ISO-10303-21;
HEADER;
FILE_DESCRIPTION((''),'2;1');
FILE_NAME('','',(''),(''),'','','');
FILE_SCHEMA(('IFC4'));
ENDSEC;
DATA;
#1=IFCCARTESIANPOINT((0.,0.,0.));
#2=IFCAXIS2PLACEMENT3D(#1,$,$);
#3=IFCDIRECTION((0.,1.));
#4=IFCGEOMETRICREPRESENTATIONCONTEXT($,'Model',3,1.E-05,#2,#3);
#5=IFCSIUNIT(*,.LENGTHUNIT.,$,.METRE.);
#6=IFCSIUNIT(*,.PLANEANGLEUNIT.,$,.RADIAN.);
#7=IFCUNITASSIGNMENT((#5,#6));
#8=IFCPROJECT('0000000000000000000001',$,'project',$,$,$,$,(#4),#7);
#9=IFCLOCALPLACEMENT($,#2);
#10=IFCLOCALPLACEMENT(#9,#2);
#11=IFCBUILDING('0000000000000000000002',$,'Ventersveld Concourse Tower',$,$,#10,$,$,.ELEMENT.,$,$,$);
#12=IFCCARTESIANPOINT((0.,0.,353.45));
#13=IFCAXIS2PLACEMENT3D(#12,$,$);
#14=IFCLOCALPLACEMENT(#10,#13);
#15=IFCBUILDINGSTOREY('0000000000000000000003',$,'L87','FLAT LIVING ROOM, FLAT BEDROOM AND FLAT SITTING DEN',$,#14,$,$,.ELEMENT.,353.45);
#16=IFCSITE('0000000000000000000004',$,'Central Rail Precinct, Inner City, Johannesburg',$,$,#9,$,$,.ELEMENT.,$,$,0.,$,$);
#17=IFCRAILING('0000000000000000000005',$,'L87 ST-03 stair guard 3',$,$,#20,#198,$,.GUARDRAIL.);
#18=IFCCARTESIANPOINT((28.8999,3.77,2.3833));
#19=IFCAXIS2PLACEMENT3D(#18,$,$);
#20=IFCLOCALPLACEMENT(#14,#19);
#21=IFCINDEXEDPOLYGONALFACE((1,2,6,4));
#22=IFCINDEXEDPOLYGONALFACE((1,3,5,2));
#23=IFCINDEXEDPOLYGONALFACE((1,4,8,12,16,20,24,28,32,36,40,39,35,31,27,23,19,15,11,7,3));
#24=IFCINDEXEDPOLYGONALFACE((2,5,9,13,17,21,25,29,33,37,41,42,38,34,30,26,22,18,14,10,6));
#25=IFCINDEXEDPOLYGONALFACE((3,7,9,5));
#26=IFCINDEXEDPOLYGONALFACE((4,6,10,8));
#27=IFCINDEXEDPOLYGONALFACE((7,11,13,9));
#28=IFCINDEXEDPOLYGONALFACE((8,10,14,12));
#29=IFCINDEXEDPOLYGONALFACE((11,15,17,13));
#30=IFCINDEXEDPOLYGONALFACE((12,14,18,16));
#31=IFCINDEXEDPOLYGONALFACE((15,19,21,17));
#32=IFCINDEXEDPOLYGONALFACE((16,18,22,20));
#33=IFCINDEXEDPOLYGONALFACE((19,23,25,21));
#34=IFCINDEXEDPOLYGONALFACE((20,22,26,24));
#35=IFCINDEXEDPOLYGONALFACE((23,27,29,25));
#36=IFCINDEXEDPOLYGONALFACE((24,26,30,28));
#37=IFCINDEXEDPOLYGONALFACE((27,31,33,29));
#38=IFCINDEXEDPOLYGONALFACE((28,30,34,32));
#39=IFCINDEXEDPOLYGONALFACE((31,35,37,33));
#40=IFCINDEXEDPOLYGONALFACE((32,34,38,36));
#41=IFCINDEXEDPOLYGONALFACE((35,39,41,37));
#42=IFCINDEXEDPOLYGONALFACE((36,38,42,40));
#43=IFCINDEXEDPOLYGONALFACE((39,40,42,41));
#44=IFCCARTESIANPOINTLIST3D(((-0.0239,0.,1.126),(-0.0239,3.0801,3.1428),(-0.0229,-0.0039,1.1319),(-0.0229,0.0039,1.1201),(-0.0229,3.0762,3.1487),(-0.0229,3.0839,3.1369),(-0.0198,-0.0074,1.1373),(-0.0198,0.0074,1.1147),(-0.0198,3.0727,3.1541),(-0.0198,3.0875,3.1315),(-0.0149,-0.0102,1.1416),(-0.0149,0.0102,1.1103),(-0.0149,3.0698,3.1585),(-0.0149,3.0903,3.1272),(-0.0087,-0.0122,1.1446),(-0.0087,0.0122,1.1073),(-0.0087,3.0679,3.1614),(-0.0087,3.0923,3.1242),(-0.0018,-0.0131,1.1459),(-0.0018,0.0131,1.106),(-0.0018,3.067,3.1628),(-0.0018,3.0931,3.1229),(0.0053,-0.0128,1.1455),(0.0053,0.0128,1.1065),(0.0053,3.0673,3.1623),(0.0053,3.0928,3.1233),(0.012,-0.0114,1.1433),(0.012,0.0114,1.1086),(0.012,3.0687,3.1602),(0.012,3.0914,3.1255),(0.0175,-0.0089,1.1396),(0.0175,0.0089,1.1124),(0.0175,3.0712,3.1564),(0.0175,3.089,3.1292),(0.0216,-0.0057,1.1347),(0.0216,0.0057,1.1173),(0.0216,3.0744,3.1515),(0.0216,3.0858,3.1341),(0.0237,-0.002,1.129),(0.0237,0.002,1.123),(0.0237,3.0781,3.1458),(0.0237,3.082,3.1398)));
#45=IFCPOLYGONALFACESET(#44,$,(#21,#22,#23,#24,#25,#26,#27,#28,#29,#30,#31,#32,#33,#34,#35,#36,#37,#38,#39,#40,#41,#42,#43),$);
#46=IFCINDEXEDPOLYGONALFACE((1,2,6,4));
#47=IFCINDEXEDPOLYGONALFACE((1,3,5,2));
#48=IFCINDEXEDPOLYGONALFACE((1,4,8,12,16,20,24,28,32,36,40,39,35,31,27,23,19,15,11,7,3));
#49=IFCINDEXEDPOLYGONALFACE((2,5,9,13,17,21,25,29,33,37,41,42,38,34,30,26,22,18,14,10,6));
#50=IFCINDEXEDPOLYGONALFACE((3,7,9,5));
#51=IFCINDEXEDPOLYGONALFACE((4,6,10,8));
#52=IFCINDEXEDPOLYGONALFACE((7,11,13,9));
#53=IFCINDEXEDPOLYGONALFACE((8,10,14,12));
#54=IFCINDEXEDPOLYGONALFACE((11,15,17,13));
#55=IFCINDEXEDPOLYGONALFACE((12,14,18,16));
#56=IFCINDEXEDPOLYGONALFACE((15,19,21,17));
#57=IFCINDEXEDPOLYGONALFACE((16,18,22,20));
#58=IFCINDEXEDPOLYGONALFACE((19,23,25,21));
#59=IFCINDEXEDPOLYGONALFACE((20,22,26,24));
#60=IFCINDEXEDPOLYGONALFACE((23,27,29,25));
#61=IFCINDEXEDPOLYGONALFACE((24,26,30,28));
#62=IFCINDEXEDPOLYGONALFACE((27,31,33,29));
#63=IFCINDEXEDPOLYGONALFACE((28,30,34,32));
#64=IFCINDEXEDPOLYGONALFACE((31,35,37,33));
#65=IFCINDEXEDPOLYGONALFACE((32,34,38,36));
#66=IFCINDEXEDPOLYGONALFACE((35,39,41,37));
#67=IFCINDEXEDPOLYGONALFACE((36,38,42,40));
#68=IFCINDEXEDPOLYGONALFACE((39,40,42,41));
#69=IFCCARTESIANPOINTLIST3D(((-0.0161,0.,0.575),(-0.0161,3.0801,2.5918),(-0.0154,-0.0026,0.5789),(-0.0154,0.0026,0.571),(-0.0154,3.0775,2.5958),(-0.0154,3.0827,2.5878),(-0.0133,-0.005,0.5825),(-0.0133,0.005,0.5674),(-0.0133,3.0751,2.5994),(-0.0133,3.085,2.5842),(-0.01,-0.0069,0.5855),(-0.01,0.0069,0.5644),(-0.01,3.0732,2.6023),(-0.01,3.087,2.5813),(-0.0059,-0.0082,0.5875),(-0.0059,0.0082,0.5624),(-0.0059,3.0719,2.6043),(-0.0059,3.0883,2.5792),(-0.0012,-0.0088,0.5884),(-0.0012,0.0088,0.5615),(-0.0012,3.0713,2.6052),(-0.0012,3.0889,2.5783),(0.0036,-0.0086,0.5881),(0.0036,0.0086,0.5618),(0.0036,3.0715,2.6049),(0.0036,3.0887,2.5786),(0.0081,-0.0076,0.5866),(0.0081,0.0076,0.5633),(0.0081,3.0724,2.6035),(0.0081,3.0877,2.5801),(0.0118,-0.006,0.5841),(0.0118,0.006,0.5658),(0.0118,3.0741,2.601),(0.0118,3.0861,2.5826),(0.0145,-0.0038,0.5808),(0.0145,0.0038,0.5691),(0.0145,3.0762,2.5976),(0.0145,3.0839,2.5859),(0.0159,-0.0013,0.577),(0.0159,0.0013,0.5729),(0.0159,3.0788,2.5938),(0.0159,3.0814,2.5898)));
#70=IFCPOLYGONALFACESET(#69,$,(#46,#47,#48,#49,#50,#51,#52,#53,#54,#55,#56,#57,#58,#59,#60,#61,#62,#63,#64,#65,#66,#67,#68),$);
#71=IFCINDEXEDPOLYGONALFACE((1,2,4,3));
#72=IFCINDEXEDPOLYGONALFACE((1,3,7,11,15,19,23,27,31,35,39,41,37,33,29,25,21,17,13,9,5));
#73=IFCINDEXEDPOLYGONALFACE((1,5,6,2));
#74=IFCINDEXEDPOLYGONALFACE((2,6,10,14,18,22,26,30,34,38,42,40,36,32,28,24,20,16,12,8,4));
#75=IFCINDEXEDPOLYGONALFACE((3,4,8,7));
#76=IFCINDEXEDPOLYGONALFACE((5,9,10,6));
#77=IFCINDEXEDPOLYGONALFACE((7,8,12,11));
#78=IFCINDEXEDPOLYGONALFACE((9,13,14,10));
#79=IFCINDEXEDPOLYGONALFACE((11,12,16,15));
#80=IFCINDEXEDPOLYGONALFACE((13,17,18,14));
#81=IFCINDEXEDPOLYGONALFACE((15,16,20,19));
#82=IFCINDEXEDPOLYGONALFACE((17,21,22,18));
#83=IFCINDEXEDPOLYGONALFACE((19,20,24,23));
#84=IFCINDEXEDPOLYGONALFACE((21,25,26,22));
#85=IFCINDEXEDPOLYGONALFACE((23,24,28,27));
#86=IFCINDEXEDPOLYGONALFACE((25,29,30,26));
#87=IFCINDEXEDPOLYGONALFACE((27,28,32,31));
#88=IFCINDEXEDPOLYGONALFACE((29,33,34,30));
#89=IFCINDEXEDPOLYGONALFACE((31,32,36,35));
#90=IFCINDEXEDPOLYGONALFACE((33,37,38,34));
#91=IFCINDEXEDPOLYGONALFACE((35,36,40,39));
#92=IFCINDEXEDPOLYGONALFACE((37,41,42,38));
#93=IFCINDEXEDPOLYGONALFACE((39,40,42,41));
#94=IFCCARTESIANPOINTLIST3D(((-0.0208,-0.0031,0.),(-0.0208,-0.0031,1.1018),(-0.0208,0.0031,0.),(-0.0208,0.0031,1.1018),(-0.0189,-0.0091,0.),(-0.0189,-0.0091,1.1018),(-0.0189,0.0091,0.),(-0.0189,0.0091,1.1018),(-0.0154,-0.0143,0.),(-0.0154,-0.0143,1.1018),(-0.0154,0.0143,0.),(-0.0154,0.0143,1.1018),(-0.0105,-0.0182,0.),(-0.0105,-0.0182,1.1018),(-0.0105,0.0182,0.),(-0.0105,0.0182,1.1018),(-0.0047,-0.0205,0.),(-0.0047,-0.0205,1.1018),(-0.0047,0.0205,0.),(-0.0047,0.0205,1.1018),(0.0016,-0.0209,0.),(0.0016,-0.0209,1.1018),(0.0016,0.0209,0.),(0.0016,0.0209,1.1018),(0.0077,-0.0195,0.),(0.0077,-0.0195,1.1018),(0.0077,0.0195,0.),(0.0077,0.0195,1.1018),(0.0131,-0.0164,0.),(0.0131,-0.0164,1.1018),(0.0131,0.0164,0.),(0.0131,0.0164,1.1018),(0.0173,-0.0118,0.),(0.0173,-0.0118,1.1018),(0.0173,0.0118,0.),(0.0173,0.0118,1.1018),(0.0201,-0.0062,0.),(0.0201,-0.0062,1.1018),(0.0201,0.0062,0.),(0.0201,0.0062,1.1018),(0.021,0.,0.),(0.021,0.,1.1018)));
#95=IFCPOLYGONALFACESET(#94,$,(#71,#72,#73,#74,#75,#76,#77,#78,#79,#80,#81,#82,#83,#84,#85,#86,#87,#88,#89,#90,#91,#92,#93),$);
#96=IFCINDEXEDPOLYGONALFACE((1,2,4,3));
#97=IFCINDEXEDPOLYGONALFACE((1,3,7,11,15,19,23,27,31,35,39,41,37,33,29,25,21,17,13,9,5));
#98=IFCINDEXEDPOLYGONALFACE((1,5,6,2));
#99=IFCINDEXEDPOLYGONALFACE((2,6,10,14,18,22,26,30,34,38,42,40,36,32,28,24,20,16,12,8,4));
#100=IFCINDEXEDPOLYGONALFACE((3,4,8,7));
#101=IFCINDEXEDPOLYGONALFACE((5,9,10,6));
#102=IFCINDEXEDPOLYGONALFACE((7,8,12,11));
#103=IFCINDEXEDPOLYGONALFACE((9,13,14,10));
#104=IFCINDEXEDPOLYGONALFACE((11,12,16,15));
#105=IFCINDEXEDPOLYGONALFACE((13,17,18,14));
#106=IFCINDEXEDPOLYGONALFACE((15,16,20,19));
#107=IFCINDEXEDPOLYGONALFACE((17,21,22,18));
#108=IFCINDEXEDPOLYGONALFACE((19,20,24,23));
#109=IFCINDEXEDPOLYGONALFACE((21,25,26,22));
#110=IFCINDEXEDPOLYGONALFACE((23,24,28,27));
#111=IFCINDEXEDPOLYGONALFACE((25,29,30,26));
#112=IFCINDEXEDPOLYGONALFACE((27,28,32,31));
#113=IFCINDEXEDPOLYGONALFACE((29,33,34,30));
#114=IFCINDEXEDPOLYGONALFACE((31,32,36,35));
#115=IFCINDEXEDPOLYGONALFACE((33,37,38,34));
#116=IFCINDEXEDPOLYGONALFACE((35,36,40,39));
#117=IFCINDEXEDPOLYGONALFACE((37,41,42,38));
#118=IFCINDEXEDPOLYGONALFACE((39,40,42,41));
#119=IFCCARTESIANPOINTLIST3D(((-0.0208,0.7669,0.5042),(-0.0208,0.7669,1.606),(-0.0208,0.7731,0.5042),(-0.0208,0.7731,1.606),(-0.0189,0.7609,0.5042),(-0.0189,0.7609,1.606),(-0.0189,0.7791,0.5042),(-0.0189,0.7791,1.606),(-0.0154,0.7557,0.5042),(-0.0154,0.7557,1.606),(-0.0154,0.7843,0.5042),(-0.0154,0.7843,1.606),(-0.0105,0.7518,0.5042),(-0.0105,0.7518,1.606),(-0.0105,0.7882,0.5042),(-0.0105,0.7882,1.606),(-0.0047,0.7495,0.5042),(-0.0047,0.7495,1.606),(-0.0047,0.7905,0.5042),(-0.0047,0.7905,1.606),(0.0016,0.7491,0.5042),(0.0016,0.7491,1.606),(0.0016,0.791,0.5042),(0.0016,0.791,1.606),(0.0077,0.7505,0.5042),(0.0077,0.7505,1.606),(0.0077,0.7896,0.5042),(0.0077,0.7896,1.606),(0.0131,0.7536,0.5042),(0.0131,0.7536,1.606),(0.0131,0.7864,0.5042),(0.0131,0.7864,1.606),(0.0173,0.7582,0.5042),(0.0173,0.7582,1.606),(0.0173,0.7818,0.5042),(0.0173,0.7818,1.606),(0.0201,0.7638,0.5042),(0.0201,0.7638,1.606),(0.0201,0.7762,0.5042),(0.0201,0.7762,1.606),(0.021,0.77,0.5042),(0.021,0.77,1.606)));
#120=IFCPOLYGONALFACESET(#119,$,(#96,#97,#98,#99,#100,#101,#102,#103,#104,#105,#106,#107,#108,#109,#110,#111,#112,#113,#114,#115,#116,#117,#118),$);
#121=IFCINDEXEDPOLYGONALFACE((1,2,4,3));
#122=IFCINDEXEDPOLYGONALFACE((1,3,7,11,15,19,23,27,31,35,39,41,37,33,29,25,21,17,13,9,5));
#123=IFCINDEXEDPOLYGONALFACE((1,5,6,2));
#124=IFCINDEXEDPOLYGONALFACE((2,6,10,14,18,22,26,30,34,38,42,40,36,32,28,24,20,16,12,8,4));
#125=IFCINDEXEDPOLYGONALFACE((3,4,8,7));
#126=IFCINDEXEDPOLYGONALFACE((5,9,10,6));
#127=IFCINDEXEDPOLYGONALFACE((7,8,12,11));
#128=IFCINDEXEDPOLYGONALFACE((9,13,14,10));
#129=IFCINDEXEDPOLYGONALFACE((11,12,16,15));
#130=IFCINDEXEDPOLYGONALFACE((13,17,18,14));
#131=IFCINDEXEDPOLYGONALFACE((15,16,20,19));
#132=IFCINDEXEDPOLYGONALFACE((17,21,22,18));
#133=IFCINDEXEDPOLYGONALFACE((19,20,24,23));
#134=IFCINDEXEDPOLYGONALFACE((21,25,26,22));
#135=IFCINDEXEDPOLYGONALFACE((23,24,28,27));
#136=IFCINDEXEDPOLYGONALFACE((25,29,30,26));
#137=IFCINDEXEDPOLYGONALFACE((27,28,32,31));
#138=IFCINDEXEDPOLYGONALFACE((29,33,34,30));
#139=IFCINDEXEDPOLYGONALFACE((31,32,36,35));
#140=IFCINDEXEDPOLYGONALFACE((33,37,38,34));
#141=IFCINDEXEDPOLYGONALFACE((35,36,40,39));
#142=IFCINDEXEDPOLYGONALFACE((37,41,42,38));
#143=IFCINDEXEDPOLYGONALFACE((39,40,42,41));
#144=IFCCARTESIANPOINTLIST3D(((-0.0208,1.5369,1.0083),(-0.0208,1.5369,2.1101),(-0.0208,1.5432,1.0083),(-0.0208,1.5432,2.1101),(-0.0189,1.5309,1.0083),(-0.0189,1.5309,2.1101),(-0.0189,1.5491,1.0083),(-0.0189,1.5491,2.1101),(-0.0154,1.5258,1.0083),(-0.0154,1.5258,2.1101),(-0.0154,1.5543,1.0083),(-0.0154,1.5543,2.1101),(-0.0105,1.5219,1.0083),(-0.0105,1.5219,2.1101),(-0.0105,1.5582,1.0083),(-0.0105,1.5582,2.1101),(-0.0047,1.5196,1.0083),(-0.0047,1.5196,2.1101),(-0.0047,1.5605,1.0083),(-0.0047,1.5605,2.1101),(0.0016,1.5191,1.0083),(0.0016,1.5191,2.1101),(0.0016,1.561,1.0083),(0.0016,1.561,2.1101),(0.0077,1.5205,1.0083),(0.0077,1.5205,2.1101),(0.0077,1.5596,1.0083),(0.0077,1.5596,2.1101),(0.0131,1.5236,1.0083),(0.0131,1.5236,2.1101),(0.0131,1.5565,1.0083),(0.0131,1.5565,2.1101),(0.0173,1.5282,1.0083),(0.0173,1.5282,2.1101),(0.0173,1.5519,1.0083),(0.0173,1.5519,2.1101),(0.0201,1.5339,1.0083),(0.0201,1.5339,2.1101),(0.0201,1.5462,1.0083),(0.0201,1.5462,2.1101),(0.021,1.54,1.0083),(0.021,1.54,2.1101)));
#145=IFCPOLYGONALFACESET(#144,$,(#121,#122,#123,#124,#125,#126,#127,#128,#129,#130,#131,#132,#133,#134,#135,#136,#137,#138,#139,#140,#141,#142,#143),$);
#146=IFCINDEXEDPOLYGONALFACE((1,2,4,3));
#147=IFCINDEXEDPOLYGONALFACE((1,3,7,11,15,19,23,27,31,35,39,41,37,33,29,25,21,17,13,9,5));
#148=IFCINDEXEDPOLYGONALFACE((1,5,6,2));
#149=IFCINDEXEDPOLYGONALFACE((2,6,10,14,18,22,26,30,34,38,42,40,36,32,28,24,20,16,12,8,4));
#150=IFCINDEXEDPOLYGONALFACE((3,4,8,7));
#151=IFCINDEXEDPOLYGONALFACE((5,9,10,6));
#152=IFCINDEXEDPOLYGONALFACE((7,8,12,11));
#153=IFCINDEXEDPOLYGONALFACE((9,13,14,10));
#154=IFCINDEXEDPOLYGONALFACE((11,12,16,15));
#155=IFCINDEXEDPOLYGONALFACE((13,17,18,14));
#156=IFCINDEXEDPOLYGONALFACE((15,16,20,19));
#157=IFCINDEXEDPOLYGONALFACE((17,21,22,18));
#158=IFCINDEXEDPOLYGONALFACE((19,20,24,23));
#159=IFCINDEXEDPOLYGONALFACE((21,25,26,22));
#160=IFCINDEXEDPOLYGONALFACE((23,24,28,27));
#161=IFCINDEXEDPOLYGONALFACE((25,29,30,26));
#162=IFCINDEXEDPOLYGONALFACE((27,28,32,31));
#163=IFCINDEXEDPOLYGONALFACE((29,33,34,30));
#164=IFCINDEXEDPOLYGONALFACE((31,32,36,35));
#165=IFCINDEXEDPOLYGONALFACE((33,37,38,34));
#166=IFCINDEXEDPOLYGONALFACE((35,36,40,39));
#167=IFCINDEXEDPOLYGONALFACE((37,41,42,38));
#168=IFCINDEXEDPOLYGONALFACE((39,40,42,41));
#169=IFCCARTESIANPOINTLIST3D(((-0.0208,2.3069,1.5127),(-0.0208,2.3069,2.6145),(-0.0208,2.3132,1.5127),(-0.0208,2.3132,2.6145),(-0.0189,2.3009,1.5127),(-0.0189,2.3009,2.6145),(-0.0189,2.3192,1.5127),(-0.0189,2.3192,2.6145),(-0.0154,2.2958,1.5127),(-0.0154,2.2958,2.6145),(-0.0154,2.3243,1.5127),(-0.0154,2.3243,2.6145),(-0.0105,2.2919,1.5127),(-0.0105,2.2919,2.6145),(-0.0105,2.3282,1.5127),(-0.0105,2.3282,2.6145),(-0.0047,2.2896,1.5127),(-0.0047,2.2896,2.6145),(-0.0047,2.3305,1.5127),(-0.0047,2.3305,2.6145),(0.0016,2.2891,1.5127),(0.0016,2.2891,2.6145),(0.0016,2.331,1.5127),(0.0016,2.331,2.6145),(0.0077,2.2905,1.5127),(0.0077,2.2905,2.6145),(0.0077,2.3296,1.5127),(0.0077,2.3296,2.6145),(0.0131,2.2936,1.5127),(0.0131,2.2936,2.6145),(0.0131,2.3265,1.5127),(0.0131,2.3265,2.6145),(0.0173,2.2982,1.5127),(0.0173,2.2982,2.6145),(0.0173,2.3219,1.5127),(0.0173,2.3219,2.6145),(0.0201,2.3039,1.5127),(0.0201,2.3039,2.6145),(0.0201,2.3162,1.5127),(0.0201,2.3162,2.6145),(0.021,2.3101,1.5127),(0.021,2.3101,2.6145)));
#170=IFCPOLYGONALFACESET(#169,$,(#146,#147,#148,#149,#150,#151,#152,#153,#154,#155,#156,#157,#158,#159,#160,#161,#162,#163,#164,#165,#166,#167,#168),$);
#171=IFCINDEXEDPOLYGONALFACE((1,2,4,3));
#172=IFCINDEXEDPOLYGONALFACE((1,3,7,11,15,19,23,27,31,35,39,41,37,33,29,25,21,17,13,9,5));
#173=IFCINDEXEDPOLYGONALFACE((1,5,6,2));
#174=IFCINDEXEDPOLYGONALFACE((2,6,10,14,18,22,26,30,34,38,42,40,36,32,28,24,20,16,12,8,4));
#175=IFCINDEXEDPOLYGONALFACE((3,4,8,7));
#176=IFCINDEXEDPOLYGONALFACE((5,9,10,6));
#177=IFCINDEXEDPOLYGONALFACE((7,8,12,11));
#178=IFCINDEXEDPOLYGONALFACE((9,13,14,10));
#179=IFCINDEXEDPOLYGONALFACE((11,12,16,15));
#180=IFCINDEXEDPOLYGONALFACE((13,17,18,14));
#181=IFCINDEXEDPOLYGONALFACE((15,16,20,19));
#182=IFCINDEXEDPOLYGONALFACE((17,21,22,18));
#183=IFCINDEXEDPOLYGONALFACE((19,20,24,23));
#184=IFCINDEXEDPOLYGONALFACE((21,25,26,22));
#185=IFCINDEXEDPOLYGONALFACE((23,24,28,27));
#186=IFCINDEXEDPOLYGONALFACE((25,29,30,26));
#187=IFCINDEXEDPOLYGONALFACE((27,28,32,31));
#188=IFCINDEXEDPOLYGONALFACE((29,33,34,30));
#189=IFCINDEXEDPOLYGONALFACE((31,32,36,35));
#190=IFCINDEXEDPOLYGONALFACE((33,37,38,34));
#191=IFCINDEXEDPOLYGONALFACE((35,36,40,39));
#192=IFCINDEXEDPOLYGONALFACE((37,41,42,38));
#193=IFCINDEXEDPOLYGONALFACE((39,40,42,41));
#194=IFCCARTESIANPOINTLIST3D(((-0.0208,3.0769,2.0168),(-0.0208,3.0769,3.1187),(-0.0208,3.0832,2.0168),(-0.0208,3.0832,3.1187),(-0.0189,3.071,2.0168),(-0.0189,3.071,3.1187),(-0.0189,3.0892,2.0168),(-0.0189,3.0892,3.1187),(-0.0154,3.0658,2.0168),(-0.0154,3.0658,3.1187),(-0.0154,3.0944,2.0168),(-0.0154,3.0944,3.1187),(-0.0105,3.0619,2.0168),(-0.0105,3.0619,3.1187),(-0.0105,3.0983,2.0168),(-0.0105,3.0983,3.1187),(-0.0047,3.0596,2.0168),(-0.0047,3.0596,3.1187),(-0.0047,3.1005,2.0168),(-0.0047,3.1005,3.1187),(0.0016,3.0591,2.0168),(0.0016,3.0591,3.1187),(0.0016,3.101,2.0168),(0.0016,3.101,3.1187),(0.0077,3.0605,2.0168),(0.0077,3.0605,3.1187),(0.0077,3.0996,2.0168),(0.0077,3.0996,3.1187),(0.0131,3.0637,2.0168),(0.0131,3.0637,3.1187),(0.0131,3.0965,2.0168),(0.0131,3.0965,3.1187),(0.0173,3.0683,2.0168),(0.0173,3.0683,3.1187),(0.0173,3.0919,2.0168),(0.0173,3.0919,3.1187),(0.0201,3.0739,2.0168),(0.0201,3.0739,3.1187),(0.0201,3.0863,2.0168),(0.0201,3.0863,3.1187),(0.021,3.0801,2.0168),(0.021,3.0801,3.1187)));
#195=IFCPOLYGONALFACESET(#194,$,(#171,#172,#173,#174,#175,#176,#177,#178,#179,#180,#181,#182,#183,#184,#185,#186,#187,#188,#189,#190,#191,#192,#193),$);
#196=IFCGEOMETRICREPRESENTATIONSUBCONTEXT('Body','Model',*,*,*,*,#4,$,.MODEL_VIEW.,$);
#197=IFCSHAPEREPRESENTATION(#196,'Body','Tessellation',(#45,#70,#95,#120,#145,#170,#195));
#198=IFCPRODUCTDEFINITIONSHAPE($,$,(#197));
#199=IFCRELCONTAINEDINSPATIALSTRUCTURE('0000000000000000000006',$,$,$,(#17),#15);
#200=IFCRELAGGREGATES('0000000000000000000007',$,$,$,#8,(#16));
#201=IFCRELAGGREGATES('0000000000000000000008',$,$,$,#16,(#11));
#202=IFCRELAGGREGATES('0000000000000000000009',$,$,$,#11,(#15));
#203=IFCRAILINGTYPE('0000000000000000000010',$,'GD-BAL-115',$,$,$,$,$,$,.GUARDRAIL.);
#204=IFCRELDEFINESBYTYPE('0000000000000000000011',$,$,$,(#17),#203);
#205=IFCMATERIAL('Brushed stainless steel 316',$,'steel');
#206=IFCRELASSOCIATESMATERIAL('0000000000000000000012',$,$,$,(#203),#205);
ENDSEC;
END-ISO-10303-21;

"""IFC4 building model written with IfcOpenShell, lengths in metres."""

from ifc_helpers import new_model, si_unit, direction, frame, origin, origin_2d, place, context, subcontext, project, spatial, circle, extrude, material, type_object, element, save


model = new_model("IFC4")

# Units and contexts
model_context = context("Model", 3, precision=1e-05, world=origin(), true_north=direction((0.0, 1.0)))
body_context = subcontext(model_context, "Body", "Model", "MODEL_VIEW")
ifc_project = project(units=[si_unit("LENGTHUNIT", "METRE"), si_unit("PLANEANGLEUNIT", "RADIAN")], contexts=[model_context])

# Site, building, storey
site_placement = place(None, origin())
site = spatial("IfcSite", under=ifc_project, at=site_placement, Name="Central Rail Precinct, Inner City, Johannesburg", CompositionType="ELEMENT", RefElevation=0.0)
building_placement = place(site_placement, origin())
building = spatial("IfcBuilding", under=site, at=building_placement, Name="Ventersveld Concourse Tower", CompositionType="ELEMENT")
storey_placement = place(building_placement, frame((0.0, 0.0, 353.45)))
storey = spatial("IfcBuildingStorey", under=building, at=storey_placement, Name="L87", Description="FLAT LIVING ROOM, FLAT BEDROOM AND FLAT SITTING DEN", CompositionType="ELEMENT", Elevation=353.45)

# Shared definitions
ifc_material_1 = material(Name="Brushed stainless steel 316", Category="steel")

# Railing
railing_type_1 = type_object("IfcRailingType", Name="GD-BAL-115", PredefinedType="GUARDRAIL", material=ifc_material_1)
railing_1_placement = place(storey_placement, frame((28.8999, 3.77, 2.3833)))
element("IfcRailing", 1, at=railing_1_placement, inside=storey, type_object=railing_type_1, Name="L87 ST-03 stair guard 3", PredefinedType="GUARDRAIL", context=body_context, shape_type="SweptSolid", body=[
    extrude(circle(Radius=0.0239, at=origin_2d()), frame((0.0, 0.0, 1.126), z_axis=(0.0, 0.836603, 0.54781), x_axis=(-1.0, 0.0, 0.0)), (0.0, 0.0, 1.0), 3.6816),
    extrude(circle(Radius=0.0161, at=origin_2d()), frame((0.0, 0.0, 0.575), z_axis=(0.0, 0.836603, 0.54781), x_axis=(-1.0, 0.0, 0.0)), (0.0, 0.0, 1.0), 3.6816),
    extrude(circle(Radius=0.021, at=origin_2d()), origin(), (0.0, 0.0, 1.0), 1.1018),
    extrude(circle(Radius=0.021, at=origin_2d()), frame((0.0, 0.77, 0.5042)), (0.0, 0.0, 1.0), 1.1018),
    extrude(circle(Radius=0.021, at=origin_2d()), frame((0.0, 1.54, 1.0083)), (0.0, 0.0, 1.0), 1.1018),
    extrude(circle(Radius=0.021, at=origin_2d()), frame((0.0, 2.3101, 1.5127)), (0.0, 0.0, 1.0), 1.1018),
    extrude(circle(Radius=0.021, at=origin_2d()), frame((0.0, 3.0801, 2.0168)), (0.0, 0.0, 1.0), 1.1018),
])

save(model, "model.ifc")
